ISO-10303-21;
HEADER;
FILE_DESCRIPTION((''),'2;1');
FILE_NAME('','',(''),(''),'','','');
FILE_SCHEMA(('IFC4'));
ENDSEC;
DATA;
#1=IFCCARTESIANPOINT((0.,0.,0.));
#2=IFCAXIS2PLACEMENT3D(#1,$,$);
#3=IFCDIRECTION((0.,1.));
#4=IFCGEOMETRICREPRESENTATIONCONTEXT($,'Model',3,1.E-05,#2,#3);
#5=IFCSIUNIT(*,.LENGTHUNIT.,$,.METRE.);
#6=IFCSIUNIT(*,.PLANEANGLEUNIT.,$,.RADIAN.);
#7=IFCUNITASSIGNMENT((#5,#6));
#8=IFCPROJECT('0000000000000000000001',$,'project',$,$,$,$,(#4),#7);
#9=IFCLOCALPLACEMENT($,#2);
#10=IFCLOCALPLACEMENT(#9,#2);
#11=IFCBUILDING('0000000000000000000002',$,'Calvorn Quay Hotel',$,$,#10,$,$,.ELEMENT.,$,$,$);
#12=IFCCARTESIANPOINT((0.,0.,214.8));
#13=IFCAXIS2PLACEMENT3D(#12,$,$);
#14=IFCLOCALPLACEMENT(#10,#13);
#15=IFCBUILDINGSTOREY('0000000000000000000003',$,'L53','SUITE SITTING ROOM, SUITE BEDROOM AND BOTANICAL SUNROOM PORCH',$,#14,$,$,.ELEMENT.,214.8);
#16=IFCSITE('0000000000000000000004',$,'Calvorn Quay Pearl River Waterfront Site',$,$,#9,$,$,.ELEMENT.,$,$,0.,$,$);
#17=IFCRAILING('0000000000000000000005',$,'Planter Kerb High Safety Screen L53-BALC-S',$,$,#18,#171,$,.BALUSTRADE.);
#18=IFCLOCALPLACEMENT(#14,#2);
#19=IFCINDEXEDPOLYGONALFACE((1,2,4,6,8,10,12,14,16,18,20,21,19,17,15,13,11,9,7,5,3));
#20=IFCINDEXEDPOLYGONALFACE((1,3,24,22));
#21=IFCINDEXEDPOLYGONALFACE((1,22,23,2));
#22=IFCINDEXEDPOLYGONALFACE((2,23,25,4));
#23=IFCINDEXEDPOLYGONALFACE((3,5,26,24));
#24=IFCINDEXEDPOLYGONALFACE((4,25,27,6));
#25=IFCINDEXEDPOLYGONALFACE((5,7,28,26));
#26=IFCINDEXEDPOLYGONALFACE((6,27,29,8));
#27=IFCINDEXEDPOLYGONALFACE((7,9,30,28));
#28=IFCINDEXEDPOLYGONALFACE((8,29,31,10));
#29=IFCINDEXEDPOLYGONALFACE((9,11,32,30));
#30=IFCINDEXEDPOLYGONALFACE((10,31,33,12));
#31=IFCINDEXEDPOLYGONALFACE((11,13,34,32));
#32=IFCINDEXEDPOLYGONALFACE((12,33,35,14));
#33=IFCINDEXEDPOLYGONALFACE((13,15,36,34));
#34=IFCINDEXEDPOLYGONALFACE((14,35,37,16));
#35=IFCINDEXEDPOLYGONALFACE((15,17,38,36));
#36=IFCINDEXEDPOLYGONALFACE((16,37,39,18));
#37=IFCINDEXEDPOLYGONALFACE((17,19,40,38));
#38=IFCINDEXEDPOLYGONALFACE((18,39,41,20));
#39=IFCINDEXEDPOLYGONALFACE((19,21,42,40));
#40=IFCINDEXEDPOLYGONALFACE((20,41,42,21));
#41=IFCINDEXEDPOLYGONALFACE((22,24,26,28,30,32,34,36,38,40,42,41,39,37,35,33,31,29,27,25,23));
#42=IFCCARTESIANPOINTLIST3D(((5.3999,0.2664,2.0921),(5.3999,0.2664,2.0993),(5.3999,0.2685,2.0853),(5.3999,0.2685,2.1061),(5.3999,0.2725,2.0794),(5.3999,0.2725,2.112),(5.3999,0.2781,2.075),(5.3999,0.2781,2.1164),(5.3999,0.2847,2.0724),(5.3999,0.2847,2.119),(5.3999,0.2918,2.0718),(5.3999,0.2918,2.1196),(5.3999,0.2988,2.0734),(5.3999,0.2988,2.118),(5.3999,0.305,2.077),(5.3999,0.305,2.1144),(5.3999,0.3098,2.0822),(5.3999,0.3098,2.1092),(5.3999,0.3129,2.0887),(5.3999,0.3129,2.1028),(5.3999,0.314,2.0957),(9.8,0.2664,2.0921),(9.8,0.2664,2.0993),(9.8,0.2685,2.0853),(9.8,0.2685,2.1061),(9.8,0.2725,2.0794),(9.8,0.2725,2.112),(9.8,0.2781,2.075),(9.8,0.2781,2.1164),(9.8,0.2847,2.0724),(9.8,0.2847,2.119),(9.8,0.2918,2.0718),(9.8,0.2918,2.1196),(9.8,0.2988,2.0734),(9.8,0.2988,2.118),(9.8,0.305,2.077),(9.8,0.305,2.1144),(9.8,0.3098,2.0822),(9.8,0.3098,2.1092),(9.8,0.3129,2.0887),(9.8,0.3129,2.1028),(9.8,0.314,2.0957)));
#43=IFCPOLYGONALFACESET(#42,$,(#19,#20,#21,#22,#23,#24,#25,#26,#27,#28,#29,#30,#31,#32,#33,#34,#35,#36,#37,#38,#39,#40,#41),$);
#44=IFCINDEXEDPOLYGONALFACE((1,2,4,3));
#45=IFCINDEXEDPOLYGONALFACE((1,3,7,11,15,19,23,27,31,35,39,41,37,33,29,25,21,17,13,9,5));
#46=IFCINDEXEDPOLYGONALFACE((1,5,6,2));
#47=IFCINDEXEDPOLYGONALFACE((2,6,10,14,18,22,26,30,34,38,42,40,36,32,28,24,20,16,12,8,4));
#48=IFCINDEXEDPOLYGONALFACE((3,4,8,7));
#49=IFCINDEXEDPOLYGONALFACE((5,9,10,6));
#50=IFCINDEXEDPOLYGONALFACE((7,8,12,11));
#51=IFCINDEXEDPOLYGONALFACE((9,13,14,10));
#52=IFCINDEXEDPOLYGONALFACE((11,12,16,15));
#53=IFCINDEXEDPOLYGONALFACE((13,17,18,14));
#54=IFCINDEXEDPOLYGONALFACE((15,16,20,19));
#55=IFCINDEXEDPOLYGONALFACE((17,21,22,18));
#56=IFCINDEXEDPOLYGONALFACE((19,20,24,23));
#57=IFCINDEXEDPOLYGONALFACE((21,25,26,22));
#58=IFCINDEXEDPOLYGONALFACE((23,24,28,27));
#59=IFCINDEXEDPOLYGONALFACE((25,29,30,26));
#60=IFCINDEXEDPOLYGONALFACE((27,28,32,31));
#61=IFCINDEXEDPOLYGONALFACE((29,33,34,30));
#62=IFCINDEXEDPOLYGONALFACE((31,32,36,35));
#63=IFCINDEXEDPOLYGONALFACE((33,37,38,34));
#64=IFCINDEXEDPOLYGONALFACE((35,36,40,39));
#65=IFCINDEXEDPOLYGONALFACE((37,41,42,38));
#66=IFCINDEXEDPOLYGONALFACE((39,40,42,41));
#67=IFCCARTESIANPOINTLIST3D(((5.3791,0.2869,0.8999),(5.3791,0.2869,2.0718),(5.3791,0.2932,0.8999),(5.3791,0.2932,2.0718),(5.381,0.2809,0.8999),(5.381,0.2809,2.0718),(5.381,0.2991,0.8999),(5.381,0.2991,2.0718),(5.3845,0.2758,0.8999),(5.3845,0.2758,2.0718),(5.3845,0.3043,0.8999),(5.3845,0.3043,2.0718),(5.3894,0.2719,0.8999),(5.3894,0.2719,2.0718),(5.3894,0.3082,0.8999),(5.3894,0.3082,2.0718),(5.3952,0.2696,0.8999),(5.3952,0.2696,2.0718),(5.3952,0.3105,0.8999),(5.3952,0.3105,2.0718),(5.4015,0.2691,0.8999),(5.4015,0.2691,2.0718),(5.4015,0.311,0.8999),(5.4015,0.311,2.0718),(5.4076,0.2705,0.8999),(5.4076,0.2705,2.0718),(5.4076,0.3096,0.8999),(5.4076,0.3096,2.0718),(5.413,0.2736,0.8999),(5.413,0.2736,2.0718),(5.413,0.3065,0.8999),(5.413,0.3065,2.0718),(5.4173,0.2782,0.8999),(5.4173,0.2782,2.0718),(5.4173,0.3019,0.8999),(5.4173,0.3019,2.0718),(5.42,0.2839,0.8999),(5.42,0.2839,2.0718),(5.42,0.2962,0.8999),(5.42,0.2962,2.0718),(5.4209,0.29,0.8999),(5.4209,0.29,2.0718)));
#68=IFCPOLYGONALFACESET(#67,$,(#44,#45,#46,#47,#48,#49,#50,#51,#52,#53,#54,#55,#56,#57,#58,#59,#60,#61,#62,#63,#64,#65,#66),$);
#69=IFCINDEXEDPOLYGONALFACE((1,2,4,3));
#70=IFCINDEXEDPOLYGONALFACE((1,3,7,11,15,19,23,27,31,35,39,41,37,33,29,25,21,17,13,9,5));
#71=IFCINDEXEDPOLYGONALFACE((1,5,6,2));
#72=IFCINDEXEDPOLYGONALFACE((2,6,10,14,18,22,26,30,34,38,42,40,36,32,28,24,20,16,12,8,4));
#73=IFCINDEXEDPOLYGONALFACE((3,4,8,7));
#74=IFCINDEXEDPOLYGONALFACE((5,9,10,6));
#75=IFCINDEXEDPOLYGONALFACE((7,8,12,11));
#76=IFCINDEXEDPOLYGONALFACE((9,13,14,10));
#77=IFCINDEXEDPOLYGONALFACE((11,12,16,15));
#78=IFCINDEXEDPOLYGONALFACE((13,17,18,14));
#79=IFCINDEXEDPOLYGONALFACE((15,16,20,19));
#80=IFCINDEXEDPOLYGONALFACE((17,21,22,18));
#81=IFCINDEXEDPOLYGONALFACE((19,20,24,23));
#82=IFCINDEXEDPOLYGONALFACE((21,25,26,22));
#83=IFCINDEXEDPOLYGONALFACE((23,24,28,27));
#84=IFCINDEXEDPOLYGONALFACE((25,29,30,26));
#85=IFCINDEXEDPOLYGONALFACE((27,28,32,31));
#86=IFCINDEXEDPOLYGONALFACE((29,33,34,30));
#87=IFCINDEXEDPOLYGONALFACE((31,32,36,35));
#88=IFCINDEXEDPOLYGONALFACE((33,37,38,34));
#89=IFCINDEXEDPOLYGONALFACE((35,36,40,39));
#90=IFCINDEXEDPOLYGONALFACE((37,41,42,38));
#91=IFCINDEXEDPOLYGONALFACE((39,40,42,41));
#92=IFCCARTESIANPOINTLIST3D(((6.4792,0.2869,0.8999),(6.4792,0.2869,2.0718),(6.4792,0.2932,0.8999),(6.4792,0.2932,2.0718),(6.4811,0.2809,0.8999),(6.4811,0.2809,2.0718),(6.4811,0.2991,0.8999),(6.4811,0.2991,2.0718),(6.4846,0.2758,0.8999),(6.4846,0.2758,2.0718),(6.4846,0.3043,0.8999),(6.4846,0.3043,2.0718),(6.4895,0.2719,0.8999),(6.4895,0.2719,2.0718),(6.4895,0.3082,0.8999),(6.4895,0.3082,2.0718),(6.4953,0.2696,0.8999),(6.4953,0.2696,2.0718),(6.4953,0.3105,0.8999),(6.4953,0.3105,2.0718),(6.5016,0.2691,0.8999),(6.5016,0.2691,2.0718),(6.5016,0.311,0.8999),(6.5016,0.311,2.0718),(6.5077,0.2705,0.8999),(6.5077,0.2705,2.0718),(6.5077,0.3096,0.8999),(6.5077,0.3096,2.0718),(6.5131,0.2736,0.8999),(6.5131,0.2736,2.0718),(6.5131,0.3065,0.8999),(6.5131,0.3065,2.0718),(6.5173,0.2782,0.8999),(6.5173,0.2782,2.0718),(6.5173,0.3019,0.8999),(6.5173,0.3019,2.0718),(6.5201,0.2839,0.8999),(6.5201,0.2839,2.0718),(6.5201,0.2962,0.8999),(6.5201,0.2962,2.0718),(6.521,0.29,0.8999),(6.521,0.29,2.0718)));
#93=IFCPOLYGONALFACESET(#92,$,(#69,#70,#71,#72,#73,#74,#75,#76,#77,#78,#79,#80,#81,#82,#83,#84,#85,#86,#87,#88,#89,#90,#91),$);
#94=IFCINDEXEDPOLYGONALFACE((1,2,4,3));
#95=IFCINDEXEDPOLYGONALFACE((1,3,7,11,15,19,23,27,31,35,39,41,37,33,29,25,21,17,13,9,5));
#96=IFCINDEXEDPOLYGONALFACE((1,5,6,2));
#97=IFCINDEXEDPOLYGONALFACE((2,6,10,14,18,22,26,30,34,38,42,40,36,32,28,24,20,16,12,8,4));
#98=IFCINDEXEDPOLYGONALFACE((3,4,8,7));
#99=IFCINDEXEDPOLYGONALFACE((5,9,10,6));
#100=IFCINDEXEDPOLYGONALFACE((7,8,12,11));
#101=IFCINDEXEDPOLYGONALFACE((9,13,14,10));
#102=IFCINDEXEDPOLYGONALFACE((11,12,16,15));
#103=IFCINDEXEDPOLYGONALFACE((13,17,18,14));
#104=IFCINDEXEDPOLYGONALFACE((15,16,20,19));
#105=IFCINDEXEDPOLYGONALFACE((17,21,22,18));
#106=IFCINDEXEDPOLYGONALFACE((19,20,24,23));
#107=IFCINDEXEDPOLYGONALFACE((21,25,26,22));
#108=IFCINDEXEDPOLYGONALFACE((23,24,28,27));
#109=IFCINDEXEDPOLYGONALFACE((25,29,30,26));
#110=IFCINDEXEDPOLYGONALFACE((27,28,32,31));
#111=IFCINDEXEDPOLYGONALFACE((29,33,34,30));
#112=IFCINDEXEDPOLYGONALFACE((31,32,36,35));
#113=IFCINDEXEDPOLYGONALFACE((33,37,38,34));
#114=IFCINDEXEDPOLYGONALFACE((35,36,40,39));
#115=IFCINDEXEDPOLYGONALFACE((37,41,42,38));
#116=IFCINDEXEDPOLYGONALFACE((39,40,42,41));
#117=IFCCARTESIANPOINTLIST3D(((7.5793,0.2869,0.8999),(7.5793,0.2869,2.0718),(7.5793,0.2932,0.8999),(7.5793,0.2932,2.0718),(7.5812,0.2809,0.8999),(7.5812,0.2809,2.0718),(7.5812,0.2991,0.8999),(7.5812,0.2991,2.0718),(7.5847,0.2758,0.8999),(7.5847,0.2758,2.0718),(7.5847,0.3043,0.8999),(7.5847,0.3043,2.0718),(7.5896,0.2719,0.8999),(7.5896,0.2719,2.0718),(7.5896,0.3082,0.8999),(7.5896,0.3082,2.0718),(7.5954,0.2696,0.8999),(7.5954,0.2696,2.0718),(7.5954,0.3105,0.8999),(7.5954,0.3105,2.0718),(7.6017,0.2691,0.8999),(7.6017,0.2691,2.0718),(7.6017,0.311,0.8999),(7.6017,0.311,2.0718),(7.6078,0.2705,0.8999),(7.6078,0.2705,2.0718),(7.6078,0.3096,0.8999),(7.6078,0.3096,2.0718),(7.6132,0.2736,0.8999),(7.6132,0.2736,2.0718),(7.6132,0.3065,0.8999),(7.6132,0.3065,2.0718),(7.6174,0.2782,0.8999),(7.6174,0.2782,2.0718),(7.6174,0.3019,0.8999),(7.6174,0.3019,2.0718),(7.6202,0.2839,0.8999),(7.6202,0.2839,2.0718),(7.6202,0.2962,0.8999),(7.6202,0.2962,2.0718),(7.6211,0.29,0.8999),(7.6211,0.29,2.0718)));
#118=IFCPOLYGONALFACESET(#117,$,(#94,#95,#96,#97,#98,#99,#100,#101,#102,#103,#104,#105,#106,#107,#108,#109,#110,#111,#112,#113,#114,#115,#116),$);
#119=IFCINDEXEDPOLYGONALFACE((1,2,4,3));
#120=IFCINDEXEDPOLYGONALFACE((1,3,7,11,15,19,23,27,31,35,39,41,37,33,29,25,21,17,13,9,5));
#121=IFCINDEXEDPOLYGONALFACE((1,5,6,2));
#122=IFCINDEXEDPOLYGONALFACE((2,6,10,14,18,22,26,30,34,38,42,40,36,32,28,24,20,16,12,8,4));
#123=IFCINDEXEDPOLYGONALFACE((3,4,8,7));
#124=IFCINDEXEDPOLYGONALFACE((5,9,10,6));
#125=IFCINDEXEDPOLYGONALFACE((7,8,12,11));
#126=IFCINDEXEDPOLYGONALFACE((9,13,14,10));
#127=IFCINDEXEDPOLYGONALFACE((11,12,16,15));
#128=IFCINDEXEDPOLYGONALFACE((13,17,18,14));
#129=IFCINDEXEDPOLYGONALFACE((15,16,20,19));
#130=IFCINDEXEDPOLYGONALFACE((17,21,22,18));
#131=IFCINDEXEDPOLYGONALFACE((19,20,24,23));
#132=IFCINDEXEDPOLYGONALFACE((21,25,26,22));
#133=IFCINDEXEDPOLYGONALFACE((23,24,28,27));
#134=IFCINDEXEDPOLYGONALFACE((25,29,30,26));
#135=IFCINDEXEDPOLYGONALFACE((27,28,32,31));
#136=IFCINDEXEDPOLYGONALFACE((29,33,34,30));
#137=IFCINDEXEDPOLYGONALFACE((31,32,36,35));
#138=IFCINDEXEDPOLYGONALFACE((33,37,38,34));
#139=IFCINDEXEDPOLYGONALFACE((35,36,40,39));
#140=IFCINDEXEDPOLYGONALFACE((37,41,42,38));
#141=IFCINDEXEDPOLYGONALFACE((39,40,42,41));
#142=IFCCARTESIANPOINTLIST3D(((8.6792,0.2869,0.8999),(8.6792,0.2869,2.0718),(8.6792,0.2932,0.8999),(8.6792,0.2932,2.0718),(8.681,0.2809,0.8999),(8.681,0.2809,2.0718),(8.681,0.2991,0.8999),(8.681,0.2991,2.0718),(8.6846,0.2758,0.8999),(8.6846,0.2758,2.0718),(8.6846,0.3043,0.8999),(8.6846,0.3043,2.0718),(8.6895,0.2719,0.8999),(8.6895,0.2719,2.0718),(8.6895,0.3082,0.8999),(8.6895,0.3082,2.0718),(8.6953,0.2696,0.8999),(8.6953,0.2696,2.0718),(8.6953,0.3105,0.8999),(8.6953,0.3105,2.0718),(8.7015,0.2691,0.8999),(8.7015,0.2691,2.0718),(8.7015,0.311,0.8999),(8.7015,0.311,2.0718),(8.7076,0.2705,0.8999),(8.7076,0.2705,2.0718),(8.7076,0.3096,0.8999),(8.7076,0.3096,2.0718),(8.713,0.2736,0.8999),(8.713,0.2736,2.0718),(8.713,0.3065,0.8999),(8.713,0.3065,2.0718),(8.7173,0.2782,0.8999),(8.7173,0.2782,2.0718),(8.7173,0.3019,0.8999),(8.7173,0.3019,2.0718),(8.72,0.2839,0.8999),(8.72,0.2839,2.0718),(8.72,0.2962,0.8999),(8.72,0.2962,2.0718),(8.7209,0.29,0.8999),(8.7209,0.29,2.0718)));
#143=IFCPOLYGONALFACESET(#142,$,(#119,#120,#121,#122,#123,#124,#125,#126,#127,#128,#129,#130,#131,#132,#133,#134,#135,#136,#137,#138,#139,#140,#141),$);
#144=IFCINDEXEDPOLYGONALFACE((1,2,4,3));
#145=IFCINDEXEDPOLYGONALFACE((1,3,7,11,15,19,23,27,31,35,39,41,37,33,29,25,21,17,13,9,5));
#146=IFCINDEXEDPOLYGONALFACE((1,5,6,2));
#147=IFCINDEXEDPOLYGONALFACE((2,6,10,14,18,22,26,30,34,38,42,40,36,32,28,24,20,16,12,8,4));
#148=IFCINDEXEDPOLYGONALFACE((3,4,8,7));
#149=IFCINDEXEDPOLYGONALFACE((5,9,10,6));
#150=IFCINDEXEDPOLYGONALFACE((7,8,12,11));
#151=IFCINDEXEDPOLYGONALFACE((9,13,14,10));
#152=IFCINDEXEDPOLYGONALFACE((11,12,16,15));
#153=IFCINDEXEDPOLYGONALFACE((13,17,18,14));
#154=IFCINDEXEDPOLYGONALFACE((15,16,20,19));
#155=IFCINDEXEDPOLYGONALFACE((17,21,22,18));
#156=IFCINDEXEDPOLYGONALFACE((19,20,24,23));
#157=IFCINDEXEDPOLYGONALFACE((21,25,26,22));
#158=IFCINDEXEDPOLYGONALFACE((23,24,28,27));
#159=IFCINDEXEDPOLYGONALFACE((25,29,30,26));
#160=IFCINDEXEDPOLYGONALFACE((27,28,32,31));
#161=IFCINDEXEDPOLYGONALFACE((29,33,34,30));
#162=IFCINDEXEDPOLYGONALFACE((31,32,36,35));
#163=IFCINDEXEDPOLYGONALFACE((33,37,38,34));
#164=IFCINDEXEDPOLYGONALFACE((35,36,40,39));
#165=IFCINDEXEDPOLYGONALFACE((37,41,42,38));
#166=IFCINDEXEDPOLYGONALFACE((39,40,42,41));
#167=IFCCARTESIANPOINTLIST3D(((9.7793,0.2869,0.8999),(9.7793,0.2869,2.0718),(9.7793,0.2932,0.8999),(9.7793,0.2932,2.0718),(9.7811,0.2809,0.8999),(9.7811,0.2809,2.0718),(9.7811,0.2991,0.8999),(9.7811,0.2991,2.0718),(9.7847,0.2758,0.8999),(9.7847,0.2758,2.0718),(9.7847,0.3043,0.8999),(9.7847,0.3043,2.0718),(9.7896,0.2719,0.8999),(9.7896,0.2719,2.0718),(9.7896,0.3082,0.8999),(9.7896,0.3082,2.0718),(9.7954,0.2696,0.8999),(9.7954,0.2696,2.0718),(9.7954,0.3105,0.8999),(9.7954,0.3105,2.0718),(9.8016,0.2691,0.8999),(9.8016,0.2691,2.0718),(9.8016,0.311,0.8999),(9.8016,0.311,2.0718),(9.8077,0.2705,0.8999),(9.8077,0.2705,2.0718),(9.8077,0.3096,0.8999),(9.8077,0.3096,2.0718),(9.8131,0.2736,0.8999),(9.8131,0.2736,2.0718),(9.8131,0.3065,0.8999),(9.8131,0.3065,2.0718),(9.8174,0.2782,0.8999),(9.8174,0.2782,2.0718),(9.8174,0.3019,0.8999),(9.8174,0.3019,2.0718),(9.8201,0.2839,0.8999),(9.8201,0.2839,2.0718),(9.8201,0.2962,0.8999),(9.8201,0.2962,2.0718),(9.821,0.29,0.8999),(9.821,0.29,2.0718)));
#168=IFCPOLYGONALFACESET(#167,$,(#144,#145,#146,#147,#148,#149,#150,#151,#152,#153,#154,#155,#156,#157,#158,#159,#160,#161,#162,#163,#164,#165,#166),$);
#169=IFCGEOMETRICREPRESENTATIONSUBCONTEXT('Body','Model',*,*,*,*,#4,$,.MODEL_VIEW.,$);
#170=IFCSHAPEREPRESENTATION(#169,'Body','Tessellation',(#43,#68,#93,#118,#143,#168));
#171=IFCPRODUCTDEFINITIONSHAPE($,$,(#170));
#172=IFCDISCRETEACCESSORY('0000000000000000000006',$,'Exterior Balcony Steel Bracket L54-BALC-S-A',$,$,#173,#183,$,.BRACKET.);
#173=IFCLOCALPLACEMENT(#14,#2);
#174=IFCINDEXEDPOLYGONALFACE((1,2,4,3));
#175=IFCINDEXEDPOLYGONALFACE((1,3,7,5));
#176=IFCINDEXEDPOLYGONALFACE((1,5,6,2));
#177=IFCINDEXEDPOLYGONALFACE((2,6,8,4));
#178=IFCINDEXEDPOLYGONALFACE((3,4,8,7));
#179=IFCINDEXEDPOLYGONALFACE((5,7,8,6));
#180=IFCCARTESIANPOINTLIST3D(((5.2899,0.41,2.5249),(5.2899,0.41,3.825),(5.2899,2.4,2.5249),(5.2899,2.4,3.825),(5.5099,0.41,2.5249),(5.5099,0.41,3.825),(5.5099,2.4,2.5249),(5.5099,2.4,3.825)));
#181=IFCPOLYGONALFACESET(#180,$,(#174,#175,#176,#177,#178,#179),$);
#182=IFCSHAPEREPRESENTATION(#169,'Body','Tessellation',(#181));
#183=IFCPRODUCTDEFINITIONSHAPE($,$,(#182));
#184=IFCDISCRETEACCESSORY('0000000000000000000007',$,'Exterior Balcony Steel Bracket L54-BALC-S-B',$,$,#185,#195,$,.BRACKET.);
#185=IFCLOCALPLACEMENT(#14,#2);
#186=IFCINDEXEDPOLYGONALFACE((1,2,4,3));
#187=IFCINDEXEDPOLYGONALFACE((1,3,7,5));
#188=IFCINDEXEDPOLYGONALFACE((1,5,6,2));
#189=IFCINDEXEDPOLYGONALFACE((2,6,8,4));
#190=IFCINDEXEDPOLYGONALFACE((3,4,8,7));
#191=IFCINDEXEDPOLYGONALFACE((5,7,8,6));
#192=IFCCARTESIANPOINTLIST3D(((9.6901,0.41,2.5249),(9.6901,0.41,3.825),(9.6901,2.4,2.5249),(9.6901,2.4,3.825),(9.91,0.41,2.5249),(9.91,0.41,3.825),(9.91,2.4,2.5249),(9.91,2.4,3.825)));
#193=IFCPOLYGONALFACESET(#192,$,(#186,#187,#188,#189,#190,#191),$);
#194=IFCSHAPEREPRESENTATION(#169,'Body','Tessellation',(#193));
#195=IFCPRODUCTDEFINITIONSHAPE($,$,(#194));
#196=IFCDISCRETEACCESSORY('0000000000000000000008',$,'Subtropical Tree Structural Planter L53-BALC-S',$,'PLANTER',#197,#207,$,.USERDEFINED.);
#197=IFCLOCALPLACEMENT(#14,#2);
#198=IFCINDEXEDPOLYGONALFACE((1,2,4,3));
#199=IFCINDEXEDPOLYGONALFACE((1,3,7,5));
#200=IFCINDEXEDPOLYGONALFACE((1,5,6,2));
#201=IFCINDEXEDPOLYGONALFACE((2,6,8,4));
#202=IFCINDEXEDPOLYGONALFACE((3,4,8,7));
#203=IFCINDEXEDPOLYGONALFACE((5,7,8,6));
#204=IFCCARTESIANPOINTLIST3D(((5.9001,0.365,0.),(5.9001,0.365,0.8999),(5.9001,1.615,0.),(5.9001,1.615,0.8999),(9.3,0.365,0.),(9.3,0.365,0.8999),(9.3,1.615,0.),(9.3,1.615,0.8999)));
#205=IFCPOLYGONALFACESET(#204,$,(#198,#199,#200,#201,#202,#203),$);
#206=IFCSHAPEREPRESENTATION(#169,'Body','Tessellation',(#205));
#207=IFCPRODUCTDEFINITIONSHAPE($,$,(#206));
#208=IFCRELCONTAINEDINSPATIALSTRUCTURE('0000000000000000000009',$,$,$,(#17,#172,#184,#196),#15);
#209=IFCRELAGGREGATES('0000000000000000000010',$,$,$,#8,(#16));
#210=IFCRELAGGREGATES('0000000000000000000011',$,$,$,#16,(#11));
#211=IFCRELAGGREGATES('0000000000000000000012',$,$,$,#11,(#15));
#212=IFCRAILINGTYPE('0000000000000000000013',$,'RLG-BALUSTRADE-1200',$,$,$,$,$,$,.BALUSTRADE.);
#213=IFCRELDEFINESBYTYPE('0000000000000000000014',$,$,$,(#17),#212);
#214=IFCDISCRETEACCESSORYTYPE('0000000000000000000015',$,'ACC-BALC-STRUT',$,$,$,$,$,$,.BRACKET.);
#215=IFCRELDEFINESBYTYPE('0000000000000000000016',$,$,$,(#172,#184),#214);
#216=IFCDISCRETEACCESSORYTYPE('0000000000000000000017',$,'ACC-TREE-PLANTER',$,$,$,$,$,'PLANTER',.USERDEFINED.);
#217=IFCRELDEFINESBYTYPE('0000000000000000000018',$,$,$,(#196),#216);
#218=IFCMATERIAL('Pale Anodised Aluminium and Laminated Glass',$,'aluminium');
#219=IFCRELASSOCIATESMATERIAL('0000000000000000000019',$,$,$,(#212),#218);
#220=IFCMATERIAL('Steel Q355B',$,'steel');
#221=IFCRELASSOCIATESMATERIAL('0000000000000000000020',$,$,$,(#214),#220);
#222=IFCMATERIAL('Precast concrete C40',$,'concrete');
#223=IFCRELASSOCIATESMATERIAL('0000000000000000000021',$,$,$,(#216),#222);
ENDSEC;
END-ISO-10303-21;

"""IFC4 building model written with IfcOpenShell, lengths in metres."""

from ifc_helpers import new_model, si_unit, direction, frame, origin, origin_2d, place, context, subcontext, project, spatial, rectangle, circle, extrude, material, type_object, element, save


model = new_model("IFC4")

# Units and contexts
model_context = context("Model", 3, precision=1e-05, world=origin(), true_north=direction((0.0, 1.0)))
body_context = subcontext(model_context, "Body", "Model", "MODEL_VIEW")
ifc_project = project(units=[si_unit("LENGTHUNIT", "METRE"), si_unit("PLANEANGLEUNIT", "RADIAN")], contexts=[model_context])

# Site, building, storey
site_placement = place(None, origin())
site = spatial("IfcSite", under=ifc_project, at=site_placement, Name="Calvorn Quay Pearl River Waterfront Site", CompositionType="ELEMENT", RefElevation=0.0)
building_placement = place(site_placement, origin())
building = spatial("IfcBuilding", under=site, at=building_placement, Name="Calvorn Quay Hotel", CompositionType="ELEMENT")
storey_placement = place(building_placement, frame((0.0, 0.0, 214.8)))
storey = spatial("IfcBuildingStorey", under=building, at=storey_placement, Name="L53", Description="SUITE SITTING ROOM, SUITE BEDROOM AND BOTANICAL SUNROOM PORCH", CompositionType="ELEMENT", Elevation=214.8)

# Railing
ifc_material_1 = material(Name="Pale Anodised Aluminium and Laminated Glass", Category="aluminium")
railing_type = type_object("IfcRailingType", Name="RLG-BALUSTRADE-1200", PredefinedType="BALUSTRADE", material=ifc_material_1)
railing_1_placement = place(storey_placement, frame((5.3999, 0.29, 0.8999)))
element("IfcRailing", 1, at=railing_1_placement, inside=storey, type_object=railing_type, Name="Planter Kerb High Safety Screen L53-BALC-S", PredefinedType="BALUSTRADE", context=body_context, shape_type="SweptSolid", body=[
    extrude(circle(Radius=0.0239, at=origin_2d()), frame((0.0, 0.0, 1.1958), z_axis=(1.0, 0.0, 0.0), x_axis=(0.0, 1.0, 0.0)), (0.0, 0.0, 1.0), 4.4001),
    extrude(circle(Radius=0.021, at=origin_2d()), origin(), (0.0, 0.0, 1.0), 1.1719),
    extrude(circle(Radius=0.021, at=origin_2d()), frame((1.1001, 0.0, 0.0)), (0.0, 0.0, 1.0), 1.1719),
    extrude(circle(Radius=0.021, at=origin_2d()), frame((2.2002, 0.0, 0.0)), (0.0, 0.0, 1.0), 1.1719),
    extrude(circle(Radius=0.021, at=origin_2d()), frame((3.3, 0.0, 0.0)), (0.0, 0.0, 1.0), 1.1719),
    extrude(circle(Radius=0.021, at=origin_2d()), frame((4.4001, 0.0, 0.0)), (0.0, 0.0, 1.0), 1.1719),
])

# Discrete accessories
ifc_material_2 = material(Name="Steel Q355B", Category="steel")
discrete_accessory_type_1 = type_object("IfcDiscreteAccessoryType", Name="ACC-BALC-STRUT", PredefinedType="BRACKET", material=ifc_material_2)
for number, where, z_axis, x_axis, name in (
    (2, (5.3999, 1.405, 2.5249), (0.0, 0.0, 1.0), (1.0, 0.0, 0.0), "Exterior Balcony Steel Bracket L54-BALC-S-A"),
    (3, (9.8, 1.405, 2.5249), (0.0, 0.0, 1.0), (1.0, 0.0, 0.0), "Exterior Balcony Steel Bracket L54-BALC-S-B"),
):
    element("IfcDiscreteAccessory", number, at=place(storey_placement, frame(where, z_axis=z_axis, x_axis=x_axis)), inside=storey, type_object=discrete_accessory_type_1, Name=name, PredefinedType="BRACKET", context=body_context, shape_type="SweptSolid", body=[
        extrude(rectangle(XDim=0.22, YDim=1.99, at=origin_2d()), origin(), (0.0, 0.0, 1.0), 1.3),
    ])
ifc_material_3 = material(Name="Precast concrete C40", Category="concrete")
discrete_accessory_type_2 = type_object("IfcDiscreteAccessoryType", Name="ACC-TREE-PLANTER", ElementType="PLANTER", PredefinedType="USERDEFINED", material=ifc_material_3)
discrete_accessory_placement = place(storey_placement, frame((7.6001, 0.99, 0.0), z_axis=(0.0, 0.0, 1.0), x_axis=(1.0, 0.0, 0.0)))
element("IfcDiscreteAccessory", 4, at=discrete_accessory_placement, inside=storey, type_object=discrete_accessory_type_2, Name="Subtropical Tree Structural Planter L53-BALC-S", ObjectType="PLANTER", PredefinedType="USERDEFINED", context=body_context, shape_type="SweptSolid", body=[
    extrude(rectangle(XDim=3.3999, YDim=1.25, at=origin_2d()), origin(), (0.0, 0.0, 1.0), 0.8999),
])

save(model, "model.ifc")
